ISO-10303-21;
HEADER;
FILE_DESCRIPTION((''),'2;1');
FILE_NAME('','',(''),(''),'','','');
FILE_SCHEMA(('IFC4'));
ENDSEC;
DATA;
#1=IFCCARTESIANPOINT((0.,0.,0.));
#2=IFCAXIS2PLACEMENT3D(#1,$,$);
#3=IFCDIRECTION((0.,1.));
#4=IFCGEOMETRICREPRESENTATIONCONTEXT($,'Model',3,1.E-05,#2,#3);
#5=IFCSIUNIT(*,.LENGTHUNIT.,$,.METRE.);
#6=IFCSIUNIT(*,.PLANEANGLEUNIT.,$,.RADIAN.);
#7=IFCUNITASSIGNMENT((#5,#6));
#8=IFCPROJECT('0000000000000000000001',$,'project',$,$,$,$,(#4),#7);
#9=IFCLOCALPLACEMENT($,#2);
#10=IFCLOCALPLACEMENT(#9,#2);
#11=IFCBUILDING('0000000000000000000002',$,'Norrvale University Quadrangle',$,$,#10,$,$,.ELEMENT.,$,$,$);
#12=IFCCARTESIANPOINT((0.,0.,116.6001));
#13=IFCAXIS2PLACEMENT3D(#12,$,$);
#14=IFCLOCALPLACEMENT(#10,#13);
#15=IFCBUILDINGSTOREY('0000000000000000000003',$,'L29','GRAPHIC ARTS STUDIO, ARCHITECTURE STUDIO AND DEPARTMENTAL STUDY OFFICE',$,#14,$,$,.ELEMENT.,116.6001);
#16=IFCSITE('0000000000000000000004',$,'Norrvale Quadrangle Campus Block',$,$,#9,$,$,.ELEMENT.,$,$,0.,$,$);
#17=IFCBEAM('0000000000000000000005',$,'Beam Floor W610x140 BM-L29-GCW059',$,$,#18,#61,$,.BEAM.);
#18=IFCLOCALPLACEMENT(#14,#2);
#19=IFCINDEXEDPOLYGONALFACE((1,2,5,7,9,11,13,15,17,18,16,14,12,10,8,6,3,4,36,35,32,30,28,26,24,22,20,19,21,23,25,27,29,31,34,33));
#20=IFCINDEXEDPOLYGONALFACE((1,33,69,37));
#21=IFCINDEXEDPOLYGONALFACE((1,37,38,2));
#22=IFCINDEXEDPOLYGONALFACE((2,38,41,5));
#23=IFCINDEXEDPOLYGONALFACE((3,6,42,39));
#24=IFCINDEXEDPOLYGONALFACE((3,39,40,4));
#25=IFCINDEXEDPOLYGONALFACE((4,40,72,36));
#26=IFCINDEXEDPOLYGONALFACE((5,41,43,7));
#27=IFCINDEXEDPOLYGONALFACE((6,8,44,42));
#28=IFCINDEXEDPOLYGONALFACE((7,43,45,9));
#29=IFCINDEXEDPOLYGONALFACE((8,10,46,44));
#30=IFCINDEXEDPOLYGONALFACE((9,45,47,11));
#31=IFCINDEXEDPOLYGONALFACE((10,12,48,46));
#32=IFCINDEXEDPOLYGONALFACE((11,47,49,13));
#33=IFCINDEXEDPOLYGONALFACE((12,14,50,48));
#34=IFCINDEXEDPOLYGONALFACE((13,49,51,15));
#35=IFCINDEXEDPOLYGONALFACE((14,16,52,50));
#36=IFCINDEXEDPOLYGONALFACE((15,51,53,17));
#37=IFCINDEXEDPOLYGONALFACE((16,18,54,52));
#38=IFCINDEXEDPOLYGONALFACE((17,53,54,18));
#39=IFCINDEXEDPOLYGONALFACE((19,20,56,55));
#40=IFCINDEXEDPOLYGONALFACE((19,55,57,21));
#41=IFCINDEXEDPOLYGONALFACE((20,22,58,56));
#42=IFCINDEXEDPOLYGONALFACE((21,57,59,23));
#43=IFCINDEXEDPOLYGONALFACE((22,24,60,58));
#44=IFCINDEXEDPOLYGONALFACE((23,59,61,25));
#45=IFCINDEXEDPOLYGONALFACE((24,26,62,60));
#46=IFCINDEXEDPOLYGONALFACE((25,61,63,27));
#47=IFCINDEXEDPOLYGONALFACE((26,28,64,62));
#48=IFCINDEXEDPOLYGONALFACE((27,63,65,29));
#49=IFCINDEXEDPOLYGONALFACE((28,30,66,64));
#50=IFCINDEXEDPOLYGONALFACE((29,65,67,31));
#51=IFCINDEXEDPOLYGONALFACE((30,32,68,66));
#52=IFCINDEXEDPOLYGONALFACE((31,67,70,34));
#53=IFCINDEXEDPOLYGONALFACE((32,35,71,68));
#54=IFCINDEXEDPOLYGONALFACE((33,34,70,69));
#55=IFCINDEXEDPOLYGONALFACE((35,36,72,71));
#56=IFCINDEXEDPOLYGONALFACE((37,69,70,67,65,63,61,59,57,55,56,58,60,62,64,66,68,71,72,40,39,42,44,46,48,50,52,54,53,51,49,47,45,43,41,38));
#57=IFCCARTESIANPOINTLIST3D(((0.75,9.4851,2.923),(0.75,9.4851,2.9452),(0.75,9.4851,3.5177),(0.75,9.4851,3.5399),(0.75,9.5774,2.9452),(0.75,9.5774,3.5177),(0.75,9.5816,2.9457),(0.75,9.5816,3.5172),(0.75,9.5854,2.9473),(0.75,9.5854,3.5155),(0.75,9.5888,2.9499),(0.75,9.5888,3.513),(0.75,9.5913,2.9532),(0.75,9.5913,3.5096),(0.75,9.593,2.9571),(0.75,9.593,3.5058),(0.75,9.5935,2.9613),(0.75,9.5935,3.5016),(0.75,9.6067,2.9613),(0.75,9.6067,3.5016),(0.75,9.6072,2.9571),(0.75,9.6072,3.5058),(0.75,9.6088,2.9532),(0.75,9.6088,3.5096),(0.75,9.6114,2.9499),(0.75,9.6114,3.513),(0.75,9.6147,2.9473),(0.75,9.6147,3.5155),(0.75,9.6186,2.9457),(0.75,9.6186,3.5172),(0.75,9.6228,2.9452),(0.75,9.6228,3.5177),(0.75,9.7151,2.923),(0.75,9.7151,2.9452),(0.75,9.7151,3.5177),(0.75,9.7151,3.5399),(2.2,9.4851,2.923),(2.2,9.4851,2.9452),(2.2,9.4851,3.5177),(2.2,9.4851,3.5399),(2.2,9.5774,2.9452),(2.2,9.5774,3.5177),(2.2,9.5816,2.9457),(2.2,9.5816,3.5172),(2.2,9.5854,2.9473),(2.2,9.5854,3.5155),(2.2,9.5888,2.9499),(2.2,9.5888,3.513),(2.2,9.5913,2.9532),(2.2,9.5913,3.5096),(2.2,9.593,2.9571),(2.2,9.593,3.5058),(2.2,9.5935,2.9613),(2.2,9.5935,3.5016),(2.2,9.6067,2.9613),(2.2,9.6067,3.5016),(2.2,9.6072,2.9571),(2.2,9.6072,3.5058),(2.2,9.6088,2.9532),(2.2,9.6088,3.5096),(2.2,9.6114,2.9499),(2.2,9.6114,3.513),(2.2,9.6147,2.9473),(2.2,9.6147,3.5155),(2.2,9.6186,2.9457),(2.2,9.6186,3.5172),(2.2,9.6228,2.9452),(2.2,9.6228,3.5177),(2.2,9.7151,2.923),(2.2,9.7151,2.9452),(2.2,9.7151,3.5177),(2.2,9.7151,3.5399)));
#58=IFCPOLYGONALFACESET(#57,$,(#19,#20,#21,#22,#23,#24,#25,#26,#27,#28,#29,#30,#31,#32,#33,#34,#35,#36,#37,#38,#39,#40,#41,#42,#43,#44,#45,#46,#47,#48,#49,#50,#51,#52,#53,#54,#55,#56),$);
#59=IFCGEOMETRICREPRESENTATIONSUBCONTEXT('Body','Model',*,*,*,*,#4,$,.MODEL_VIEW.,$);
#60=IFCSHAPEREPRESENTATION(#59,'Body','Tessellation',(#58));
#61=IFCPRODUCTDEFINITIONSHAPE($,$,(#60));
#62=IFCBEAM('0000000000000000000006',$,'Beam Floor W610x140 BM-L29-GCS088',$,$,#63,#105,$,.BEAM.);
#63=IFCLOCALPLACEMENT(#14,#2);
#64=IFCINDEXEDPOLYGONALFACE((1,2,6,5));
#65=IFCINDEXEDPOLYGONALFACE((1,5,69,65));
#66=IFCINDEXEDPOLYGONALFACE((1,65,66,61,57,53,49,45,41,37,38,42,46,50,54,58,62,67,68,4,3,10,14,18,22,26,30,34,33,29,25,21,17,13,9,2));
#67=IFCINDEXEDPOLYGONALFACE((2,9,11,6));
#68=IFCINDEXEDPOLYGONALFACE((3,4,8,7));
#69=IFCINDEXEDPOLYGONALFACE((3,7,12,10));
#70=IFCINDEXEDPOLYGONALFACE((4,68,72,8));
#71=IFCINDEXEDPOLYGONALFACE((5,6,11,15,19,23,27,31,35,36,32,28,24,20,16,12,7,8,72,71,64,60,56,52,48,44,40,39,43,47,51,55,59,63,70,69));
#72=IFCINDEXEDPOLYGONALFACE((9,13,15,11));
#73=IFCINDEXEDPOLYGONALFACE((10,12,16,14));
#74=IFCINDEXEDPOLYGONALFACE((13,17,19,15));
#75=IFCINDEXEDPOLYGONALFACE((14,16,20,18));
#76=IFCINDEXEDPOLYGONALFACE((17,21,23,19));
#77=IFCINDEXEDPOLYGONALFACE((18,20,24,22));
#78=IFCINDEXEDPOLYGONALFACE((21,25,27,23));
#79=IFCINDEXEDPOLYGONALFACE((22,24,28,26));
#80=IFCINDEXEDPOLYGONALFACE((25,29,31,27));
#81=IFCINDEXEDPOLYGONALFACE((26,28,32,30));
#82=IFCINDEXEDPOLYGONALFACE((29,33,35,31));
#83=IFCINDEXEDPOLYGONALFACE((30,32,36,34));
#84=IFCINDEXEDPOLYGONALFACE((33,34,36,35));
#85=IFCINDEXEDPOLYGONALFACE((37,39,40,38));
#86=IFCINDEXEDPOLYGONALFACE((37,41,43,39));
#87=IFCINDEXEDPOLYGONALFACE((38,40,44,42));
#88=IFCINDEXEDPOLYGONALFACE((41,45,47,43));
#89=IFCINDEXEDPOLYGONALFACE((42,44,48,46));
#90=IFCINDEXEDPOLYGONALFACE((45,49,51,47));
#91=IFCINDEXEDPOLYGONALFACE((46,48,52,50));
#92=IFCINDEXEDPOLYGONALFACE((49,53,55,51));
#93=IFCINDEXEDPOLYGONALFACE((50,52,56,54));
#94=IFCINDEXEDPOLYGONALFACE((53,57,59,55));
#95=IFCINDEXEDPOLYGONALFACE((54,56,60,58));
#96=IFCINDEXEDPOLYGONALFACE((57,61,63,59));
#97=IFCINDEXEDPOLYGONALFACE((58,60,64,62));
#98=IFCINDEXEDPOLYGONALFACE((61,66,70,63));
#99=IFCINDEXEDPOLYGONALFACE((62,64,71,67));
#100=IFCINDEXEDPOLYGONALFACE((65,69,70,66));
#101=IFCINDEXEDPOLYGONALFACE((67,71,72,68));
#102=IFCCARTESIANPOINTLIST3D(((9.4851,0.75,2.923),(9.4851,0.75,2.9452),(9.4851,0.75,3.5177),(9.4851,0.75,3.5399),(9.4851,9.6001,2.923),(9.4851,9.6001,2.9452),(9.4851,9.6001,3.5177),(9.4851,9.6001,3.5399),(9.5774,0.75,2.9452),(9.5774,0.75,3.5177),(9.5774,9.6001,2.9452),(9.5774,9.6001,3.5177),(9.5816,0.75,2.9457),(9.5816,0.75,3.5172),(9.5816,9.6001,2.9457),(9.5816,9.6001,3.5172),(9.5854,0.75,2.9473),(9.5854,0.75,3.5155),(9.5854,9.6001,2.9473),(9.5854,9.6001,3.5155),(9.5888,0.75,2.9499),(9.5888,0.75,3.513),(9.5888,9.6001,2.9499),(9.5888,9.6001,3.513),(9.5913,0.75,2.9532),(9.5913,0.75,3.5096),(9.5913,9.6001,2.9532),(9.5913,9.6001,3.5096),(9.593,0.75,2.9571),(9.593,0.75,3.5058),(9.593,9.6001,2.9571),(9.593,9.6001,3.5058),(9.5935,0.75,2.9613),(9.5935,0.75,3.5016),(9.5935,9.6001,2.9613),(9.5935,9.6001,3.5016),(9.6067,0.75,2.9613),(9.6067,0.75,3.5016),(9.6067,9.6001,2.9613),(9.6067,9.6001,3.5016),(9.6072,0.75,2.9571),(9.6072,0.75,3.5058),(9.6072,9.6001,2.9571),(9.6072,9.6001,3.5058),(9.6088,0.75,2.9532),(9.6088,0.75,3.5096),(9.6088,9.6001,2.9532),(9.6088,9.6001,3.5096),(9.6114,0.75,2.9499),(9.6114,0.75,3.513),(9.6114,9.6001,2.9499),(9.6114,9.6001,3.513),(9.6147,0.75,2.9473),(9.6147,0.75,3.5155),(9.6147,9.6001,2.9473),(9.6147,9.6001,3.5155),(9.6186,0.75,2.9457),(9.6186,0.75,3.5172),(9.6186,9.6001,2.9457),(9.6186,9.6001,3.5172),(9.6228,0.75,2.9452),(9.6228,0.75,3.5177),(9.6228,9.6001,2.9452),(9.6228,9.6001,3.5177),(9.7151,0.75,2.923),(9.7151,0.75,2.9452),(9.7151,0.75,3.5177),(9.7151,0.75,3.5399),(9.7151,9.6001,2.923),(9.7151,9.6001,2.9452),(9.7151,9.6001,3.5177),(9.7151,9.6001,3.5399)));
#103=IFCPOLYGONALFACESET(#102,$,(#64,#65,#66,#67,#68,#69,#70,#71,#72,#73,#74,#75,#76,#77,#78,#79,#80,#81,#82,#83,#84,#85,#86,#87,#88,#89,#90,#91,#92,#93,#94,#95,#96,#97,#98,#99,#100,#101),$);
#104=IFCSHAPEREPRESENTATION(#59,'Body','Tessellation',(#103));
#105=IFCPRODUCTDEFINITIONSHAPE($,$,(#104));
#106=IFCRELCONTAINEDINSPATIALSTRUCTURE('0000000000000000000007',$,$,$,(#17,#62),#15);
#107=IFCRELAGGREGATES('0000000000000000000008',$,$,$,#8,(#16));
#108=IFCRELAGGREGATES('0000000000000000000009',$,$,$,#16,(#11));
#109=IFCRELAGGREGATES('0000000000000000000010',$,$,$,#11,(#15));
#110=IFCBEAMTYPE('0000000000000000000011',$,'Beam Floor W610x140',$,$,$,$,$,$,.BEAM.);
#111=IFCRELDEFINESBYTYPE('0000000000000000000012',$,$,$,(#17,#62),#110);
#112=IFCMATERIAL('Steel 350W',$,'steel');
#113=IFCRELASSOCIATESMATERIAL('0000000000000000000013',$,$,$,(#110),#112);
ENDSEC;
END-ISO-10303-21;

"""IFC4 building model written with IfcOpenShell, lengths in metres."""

from ifc_helpers import new_model, si_unit, direction, frame, origin, origin_2d, place, context, subcontext, project, spatial, i_section, extrude, material, material_profile, profile_set, type_object, element, save


model = new_model("IFC4")

# Units and contexts
model_context = context("Model", 3, precision=1e-05, world=origin(), true_north=direction((0.0, 1.0)))
body_context = subcontext(model_context, "Body", "Model", "MODEL_VIEW")
ifc_project = project(units=[si_unit("LENGTHUNIT", "METRE"), si_unit("PLANEANGLEUNIT", "RADIAN")], contexts=[model_context])

# Site, building, storey
site_placement = place(None, origin())
site = spatial("IfcSite", under=ifc_project, at=site_placement, Name="Norrvale Quadrangle Campus Block", CompositionType="ELEMENT", RefElevation=0.0)
building_placement = place(site_placement, origin())
building = spatial("IfcBuilding", under=site, at=building_placement, Name="Norrvale University Quadrangle", CompositionType="ELEMENT")
storey_placement = place(building_placement, frame((0.0, 0.0, 116.6001)))
storey = spatial("IfcBuildingStorey", under=building, at=storey_placement, Name="L29", Description="GRAPHIC ARTS STUDIO, ARCHITECTURE STUDIO AND DEPARTMENTAL STUDY OFFICE", CompositionType="ELEMENT", Elevation=116.6001)

# Beams
ifc_material_1 = material(Name="Steel 350W", Category="steel")
ifc_material_profile_1 = material_profile(ifc_material_1, i_section(OverallWidth=0.23, OverallDepth=0.6169, WebThickness=0.0132, FlangeThickness=0.0222, FilletRadius=0.0161, at=origin_2d()), Name="Steel 350W")
ifc_profile_set_1 = profile_set([ifc_material_profile_1], Name="Steel 350W")
beam_type_1 = type_object("IfcBeamType", Name="Beam Floor W610x140", PredefinedType="BEAM", material=ifc_profile_set_1)
beam_1_placement = place(storey_placement, frame((0.75, 9.6001, 3.2314), z_axis=(1.0, 0.0, 0.0), x_axis=(0.0, 1.0, 0.0)))
element("IfcBeam", 1, at=beam_1_placement, inside=storey, type_object=beam_type_1, Name="Beam Floor W610x140 BM-L29-GCW059", PredefinedType="BEAM", context=body_context, shape_type="SweptSolid", body=[
    extrude(i_section(OverallWidth=0.23, OverallDepth=0.6169, WebThickness=0.0132, FlangeThickness=0.0222, FilletRadius=0.0161, at=origin_2d()), origin(), (0.0, 0.0, 1.0), 1.45),
])
beam_2_placement = place(storey_placement, frame((9.6001, 0.75, 3.2314), z_axis=(0.0, 1.0, 0.0), x_axis=(-1.0, 0.0, 0.0)))
element("IfcBeam", 2, at=beam_2_placement, inside=storey, type_object=beam_type_1, Name="Beam Floor W610x140 BM-L29-GCS088", PredefinedType="BEAM", context=body_context, shape_type="SweptSolid", body=[
    extrude(i_section(OverallWidth=0.23, OverallDepth=0.6169, WebThickness=0.0132, FlangeThickness=0.0222, FilletRadius=0.0161, at=origin_2d()), origin(), (0.0, 0.0, 1.0), 8.8501),
])

save(model, "model.ifc")
